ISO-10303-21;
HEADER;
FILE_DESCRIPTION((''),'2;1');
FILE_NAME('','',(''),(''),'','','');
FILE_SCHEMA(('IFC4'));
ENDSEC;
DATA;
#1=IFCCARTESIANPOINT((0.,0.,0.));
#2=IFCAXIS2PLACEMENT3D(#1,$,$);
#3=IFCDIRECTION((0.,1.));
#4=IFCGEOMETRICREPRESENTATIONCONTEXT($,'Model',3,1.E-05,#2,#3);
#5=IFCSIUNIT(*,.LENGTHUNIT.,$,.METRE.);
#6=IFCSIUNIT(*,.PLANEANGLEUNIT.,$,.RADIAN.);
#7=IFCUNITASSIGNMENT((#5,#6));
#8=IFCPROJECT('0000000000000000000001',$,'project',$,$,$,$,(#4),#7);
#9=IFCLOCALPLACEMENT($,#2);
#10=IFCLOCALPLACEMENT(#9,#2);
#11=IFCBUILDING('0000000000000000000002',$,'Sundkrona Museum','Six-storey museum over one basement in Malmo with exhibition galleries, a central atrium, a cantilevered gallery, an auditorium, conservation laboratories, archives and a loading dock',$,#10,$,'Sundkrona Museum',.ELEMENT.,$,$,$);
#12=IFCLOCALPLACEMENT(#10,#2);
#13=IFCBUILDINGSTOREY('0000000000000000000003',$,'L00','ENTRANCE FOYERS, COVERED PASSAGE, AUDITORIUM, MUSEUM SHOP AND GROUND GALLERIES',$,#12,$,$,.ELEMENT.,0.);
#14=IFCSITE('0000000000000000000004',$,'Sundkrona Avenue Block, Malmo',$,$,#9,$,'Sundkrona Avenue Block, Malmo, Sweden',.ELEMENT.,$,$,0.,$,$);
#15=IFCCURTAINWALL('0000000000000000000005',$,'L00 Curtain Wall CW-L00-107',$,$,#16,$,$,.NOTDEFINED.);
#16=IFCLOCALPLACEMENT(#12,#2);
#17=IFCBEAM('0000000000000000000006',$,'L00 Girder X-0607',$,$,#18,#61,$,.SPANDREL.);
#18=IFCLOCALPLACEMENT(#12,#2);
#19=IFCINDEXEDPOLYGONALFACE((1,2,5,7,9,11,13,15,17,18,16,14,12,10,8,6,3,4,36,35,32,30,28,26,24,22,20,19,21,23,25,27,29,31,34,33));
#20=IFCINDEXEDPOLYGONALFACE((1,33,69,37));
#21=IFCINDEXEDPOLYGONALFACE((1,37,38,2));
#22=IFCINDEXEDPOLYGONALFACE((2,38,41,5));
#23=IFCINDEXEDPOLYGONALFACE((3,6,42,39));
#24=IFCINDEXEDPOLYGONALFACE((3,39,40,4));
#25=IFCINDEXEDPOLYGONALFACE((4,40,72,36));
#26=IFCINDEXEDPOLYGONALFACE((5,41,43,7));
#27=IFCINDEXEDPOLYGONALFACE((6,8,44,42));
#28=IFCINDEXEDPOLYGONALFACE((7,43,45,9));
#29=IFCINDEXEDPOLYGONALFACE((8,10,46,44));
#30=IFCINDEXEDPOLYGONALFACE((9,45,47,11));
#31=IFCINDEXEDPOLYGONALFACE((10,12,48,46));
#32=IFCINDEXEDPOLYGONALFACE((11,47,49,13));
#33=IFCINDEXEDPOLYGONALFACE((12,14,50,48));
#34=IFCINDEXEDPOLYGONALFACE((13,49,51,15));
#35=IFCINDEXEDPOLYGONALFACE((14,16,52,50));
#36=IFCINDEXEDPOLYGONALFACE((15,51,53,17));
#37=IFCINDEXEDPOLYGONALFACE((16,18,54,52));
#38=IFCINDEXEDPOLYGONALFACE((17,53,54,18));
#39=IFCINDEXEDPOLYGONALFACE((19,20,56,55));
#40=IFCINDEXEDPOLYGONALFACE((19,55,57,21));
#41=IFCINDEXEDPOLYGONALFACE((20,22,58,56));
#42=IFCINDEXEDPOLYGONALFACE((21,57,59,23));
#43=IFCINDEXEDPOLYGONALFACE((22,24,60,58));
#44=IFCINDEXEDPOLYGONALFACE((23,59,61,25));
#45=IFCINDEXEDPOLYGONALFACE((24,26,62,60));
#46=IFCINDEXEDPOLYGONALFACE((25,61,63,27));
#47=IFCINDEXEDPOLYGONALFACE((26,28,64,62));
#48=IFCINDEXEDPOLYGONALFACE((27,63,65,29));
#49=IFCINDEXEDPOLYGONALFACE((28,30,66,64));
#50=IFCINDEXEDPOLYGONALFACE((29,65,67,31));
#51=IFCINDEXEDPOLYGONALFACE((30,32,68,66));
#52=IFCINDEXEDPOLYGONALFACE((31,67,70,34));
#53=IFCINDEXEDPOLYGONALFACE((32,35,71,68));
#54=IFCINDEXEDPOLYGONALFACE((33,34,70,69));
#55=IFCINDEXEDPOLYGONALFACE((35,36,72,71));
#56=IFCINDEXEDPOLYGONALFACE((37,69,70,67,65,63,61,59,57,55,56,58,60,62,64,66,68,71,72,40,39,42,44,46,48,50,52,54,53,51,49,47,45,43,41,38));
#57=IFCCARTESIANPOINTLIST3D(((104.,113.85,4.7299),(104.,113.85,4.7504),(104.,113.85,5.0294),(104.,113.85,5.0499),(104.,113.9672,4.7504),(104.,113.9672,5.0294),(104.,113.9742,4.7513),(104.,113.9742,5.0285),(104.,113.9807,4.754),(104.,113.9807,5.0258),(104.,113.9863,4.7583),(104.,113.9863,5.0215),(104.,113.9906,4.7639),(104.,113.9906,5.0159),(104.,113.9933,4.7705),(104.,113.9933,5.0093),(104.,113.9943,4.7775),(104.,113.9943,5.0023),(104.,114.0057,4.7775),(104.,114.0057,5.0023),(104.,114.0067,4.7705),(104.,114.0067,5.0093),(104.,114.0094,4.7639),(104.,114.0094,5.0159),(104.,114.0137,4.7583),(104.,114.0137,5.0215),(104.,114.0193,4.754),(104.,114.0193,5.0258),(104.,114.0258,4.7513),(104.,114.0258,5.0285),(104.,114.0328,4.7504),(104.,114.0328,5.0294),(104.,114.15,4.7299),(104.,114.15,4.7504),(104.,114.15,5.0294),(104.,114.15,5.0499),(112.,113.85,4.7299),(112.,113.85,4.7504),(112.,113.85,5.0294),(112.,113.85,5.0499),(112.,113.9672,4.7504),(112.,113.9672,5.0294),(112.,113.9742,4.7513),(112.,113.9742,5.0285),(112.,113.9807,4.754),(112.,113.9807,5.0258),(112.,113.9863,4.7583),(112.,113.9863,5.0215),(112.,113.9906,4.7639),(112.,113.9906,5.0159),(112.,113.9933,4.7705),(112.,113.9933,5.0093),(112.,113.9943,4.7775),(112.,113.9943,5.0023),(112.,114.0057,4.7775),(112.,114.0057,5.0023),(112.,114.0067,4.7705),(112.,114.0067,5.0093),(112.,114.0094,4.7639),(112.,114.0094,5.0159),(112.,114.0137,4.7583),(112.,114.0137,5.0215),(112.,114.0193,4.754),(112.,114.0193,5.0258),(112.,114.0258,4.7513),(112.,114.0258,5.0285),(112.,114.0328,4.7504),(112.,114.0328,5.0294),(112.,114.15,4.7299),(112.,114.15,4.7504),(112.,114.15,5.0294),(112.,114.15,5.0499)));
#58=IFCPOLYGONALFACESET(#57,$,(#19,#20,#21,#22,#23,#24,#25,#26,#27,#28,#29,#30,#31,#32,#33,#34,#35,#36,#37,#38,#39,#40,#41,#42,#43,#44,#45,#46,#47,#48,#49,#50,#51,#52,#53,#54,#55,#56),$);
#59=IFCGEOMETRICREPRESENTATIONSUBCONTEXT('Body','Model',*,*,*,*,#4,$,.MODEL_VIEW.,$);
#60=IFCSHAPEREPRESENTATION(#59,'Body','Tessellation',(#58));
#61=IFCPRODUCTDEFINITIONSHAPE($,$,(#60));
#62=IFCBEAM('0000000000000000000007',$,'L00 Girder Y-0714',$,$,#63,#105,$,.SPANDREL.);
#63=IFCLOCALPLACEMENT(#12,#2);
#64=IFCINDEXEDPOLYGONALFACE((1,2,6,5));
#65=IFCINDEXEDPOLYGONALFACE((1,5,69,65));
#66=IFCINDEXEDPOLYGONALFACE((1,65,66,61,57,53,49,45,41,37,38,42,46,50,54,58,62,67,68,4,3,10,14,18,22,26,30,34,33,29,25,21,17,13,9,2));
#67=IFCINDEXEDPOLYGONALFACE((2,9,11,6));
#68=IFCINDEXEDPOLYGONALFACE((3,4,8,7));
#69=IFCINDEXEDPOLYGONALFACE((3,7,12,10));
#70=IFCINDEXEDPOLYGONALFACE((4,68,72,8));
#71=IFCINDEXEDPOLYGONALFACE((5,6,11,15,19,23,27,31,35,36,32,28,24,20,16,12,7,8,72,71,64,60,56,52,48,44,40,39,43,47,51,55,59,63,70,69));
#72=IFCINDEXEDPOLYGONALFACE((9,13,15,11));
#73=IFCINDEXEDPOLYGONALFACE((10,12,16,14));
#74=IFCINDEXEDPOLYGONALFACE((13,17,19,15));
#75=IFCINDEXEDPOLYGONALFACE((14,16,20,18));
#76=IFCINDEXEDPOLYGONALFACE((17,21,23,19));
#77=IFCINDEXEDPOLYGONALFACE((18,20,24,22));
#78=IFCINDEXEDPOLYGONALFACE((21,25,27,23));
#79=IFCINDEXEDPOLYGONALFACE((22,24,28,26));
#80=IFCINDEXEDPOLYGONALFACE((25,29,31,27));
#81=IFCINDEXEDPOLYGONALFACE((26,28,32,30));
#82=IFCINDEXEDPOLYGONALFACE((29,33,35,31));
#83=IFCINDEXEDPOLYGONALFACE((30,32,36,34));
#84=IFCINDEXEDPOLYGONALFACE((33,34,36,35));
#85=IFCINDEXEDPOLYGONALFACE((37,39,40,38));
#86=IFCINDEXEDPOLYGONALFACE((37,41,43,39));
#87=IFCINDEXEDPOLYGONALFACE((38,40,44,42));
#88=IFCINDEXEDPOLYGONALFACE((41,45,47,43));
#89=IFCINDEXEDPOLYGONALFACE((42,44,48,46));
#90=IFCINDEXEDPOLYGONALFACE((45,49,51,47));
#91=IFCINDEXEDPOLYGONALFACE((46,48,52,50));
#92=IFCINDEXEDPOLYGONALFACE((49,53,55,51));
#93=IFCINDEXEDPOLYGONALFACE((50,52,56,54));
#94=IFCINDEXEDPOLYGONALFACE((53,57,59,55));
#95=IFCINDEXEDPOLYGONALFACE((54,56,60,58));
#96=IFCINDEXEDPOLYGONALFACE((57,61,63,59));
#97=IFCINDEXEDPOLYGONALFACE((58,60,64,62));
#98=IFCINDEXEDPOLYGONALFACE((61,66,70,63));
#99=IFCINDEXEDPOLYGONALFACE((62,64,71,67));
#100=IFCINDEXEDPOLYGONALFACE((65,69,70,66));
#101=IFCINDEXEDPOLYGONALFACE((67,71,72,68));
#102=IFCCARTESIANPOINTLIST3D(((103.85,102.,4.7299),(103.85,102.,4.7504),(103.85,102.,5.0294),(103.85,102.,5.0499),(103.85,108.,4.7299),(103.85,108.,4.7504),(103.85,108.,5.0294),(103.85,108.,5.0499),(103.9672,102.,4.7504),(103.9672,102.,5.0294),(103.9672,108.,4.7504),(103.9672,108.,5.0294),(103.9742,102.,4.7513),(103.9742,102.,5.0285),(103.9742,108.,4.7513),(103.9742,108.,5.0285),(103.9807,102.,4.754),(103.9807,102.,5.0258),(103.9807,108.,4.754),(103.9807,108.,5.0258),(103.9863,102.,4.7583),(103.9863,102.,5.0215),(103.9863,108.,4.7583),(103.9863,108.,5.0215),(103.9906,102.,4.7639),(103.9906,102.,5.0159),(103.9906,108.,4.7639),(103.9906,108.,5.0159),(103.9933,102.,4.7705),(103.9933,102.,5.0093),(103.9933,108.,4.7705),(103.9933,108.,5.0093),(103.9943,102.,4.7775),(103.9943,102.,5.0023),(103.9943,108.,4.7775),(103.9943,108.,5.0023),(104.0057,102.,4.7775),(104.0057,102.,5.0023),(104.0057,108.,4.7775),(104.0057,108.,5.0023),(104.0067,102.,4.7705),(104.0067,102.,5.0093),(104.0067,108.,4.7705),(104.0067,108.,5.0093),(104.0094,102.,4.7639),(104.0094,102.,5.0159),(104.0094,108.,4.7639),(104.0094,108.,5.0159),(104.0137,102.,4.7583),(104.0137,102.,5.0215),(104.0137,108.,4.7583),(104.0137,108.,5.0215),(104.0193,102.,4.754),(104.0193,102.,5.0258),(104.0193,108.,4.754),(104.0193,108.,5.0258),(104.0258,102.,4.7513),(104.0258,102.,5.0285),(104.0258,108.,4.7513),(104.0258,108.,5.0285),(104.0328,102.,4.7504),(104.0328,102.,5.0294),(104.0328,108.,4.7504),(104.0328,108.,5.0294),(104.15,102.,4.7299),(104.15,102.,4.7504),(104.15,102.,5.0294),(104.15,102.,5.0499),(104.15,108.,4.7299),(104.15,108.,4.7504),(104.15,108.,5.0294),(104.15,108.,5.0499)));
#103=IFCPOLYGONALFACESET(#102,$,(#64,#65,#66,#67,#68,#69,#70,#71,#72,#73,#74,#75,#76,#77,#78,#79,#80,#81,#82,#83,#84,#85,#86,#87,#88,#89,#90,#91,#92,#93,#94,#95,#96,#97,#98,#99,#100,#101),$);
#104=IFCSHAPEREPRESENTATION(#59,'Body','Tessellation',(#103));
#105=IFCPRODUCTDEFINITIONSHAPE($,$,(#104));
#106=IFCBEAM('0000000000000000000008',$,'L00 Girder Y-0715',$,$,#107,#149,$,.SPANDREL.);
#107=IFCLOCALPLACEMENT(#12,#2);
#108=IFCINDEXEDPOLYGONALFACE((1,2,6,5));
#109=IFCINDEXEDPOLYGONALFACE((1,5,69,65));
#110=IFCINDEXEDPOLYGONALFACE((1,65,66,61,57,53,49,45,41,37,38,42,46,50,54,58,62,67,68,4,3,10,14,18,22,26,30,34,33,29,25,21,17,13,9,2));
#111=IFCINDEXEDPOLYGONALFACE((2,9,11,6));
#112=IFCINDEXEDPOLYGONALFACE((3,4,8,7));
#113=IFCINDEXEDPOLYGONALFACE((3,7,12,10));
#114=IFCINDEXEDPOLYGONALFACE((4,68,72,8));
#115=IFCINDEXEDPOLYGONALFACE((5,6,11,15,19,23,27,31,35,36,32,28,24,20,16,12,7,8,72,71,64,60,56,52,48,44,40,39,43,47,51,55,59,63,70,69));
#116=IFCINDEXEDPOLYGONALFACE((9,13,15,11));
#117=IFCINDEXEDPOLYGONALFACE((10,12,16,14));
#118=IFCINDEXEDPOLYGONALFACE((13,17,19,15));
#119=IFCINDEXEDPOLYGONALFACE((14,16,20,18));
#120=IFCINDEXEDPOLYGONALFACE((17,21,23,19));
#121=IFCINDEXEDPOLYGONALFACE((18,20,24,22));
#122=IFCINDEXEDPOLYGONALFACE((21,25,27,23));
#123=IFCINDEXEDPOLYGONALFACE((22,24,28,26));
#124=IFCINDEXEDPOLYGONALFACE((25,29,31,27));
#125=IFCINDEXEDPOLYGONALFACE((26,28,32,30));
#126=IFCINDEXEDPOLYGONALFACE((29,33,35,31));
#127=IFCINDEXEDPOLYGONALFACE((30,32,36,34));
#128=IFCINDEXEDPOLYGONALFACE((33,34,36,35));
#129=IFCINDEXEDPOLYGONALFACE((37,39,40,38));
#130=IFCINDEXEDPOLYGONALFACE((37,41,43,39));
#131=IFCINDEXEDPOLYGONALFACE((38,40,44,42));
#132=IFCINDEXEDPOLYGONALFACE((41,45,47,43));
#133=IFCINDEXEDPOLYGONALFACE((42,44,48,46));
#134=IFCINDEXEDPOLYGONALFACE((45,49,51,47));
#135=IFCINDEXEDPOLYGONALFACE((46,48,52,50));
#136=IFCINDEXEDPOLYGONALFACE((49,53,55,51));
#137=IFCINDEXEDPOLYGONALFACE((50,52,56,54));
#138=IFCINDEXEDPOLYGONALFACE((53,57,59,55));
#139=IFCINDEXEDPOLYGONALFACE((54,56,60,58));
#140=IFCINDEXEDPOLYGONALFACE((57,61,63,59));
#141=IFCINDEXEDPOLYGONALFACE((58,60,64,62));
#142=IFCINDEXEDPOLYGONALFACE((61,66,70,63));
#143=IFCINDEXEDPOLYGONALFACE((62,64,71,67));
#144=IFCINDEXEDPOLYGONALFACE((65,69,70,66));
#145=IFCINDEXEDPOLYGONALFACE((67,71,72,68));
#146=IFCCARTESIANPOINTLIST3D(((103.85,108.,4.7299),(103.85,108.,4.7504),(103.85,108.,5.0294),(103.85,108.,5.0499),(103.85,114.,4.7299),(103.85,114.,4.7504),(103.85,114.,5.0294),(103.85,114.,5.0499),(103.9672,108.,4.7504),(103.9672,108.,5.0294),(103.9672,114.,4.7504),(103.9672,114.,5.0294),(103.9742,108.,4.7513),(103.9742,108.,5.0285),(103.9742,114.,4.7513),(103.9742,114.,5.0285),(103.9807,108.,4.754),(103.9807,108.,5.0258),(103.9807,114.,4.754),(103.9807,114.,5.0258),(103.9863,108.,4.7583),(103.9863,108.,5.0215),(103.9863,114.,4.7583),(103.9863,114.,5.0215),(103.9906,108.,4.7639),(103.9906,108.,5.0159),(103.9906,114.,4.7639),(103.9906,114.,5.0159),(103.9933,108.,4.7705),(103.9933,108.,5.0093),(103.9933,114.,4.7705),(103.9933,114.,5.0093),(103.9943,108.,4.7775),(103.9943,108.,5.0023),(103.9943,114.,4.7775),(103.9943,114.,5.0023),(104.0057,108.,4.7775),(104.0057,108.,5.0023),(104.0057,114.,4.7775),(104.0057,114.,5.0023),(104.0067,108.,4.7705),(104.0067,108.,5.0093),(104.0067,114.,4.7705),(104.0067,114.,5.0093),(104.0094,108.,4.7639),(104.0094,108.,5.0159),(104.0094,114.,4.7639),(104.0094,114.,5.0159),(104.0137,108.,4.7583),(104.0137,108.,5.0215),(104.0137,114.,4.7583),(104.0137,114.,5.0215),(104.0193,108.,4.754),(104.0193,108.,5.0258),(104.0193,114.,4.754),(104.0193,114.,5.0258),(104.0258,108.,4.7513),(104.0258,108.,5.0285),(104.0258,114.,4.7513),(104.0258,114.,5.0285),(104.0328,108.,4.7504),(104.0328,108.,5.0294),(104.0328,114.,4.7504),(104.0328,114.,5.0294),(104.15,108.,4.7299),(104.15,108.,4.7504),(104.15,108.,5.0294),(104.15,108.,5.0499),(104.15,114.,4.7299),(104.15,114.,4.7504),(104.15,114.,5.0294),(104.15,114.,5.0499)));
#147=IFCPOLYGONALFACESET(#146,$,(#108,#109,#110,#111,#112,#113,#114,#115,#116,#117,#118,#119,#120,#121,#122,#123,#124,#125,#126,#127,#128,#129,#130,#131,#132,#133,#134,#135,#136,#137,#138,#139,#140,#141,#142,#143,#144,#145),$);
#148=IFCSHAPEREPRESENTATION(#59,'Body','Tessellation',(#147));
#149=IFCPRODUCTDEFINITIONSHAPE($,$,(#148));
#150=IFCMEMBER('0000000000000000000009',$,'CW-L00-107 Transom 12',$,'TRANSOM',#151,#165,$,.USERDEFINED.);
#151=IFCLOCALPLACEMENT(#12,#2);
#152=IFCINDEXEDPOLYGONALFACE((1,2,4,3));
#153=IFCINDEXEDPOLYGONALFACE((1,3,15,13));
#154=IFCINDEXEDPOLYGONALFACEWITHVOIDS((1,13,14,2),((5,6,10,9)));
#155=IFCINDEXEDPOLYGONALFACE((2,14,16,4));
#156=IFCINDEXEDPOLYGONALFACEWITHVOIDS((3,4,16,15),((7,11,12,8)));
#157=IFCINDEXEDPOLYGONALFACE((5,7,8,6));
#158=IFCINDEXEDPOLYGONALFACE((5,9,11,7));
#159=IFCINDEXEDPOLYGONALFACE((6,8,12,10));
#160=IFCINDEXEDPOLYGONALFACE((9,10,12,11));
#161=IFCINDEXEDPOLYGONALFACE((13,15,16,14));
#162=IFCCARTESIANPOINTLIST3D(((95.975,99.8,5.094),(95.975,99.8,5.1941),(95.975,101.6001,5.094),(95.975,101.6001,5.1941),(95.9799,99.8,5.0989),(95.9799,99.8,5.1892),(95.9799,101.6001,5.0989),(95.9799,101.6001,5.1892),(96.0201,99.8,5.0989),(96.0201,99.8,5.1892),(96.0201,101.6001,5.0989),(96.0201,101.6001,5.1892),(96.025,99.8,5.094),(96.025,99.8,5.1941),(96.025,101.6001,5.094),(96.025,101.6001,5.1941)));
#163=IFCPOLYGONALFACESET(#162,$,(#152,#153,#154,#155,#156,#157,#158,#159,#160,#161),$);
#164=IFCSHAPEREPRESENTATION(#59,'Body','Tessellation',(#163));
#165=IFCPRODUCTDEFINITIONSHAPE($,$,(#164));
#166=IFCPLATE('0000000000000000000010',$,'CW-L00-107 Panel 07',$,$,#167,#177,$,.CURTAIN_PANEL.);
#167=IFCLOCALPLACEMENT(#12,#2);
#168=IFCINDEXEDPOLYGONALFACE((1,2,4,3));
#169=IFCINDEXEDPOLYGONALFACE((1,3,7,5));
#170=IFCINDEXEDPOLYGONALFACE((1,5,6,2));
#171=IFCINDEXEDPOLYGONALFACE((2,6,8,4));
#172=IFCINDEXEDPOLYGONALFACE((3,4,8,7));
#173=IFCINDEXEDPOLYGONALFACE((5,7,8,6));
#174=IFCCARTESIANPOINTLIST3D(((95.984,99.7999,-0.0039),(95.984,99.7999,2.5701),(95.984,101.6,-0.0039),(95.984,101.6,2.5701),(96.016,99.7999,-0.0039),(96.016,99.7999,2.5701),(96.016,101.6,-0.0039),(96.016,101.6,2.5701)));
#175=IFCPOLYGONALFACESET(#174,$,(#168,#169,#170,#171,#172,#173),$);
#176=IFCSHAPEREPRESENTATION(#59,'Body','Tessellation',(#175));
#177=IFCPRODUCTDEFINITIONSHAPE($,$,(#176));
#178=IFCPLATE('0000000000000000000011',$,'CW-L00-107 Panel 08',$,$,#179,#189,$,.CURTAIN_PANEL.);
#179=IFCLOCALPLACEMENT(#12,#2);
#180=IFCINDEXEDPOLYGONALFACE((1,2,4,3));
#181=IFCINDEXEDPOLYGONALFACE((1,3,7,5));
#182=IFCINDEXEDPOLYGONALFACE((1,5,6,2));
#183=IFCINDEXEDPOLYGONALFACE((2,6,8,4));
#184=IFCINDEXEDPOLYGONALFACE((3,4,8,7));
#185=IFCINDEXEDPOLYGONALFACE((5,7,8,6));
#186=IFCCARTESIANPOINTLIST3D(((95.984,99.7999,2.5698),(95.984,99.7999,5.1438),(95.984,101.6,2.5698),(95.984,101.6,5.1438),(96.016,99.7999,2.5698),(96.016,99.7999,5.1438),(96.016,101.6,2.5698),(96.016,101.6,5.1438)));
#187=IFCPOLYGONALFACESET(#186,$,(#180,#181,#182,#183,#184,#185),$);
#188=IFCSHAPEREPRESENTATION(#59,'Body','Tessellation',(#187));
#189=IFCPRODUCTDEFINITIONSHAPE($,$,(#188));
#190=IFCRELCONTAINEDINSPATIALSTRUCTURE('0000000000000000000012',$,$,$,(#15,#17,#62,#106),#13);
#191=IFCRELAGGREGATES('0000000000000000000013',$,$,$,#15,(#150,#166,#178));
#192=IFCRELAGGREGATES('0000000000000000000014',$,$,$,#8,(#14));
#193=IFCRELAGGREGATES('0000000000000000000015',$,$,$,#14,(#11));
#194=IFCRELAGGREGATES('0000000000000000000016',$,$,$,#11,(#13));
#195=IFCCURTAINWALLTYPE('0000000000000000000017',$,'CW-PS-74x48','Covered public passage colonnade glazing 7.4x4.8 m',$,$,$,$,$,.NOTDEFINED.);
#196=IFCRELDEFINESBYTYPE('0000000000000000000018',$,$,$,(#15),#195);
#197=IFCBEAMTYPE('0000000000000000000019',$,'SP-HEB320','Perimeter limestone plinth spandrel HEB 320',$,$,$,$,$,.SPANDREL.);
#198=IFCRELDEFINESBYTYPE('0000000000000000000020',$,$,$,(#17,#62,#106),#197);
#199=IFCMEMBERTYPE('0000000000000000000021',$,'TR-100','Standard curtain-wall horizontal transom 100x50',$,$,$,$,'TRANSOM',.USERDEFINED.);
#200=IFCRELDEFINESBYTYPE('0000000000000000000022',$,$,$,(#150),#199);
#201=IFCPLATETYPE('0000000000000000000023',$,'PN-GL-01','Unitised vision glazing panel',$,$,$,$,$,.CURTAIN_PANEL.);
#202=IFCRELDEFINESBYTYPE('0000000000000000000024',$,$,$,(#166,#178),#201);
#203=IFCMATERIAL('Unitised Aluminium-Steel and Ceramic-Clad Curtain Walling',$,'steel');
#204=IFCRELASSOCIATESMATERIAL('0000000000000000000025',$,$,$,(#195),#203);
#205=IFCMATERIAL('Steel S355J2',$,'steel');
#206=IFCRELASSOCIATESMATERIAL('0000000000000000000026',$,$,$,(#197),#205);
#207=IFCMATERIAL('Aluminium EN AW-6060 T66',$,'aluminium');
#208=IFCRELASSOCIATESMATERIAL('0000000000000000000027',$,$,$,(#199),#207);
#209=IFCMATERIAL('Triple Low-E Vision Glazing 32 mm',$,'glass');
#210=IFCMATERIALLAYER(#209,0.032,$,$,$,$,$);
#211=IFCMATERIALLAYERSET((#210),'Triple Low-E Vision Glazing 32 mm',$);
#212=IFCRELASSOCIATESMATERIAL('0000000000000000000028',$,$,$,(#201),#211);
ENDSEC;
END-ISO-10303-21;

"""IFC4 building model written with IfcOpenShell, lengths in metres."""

from ifc_helpers import new_model, si_unit, direction, frame, origin, origin_2d, place, context, subcontext, project, spatial, rectangle, hollow_rectangle, i_section, extrude, material, layer, layer_set, material_profile, profile_set, type_object, element, aggregate, save


model = new_model("IFC4")

# Units and contexts
model_context = context("Model", 3, precision=1e-05, world=origin(), true_north=direction((0.0, 1.0)))
body_context = subcontext(model_context, "Body", "Model", "MODEL_VIEW")
ifc_project = project(units=[si_unit("LENGTHUNIT", "METRE"), si_unit("PLANEANGLEUNIT", "RADIAN")], contexts=[model_context])

# Site, building, storey
site_placement = place(None, origin())
site = spatial("IfcSite", under=ifc_project, at=site_placement, Name="Sundkrona Avenue Block, Malmo", LongName="Sundkrona Avenue Block, Malmo, Sweden", CompositionType="ELEMENT", RefElevation=0.0)
building_placement = place(site_placement, origin())
building = spatial("IfcBuilding", under=site, at=building_placement, Name="Sundkrona Museum", Description="Six-storey museum over one basement in Malmo with exhibition galleries, a central atrium, a cantilevered gallery, an auditorium, conservation laboratories, archives and a loading dock", LongName="Sundkrona Museum", CompositionType="ELEMENT")
storey_placement = place(building_placement, origin())
storey = spatial("IfcBuildingStorey", under=building, at=storey_placement, Name="L00", Description="ENTRANCE FOYERS, COVERED PASSAGE, AUDITORIUM, MUSEUM SHOP AND GROUND GALLERIES", CompositionType="ELEMENT", Elevation=0.0)

# Shared definitions
ifc_material_1 = material(Name="Steel S355J2", Category="steel")

# Curtain wall
ifc_material_2 = material(Name="Unitised Aluminium-Steel and Ceramic-Clad Curtain Walling", Category="steel")
curtain_wall_type = type_object("IfcCurtainWallType", Name="CW-PS-74x48", Description="Covered public passage colonnade glazing 7.4x4.8 m", PredefinedType="NOTDEFINED", material=ifc_material_2)
curtain_wall_placement = place(storey_placement, origin())
curtain_wall = element("IfcCurtainWall", 1, at=curtain_wall_placement, inside=storey, type_object=curtain_wall_type, Name="L00 Curtain Wall CW-L00-107", PredefinedType="NOTDEFINED")
ifc_material_3 = material(Name="Aluminium EN AW-6060 T66", Category="aluminium")

# Beams
ifc_material_profile_1 = material_profile(ifc_material_1, i_section(OverallWidth=0.3, OverallDepth=0.3201, WebThickness=0.0115, FlangeThickness=0.0205, FilletRadius=0.0271, at=origin_2d()), Name="HEB 320")
ifc_profile_set_1 = profile_set([ifc_material_profile_1], Name="Steel S355J2")
beam_type_1 = type_object("IfcBeamType", Name="SP-HEB320", Description="Perimeter limestone plinth spandrel HEB 320", PredefinedType="SPANDREL", material=ifc_profile_set_1)
beam_1_placement = place(storey_placement, frame((104.0, 114.0, 4.8899), z_axis=(1.0, 0.0, 0.0), x_axis=(0.0, 1.0, 0.0)))
element("IfcBeam", 2, at=beam_1_placement, inside=storey, type_object=beam_type_1, Name="L00 Girder X-0607", PredefinedType="SPANDREL", context=body_context, shape_type="SweptSolid", body=[
    extrude(i_section(OverallWidth=0.3, OverallDepth=0.3201, WebThickness=0.0115, FlangeThickness=0.0205, FilletRadius=0.0271, at=origin_2d()), origin(), (0.0, 0.0, 1.0), 8.0),
])
for number, where, z_axis, x_axis, name in (
    (3, (104.0, 102.0, 4.8899), (0.0, 1.0, 0.0), (-1.0, 0.0, 0.0), "L00 Girder Y-0714"),
    (4, (104.0, 108.0, 4.8899), (0.0, 1.0, 0.0), (-1.0, 0.0, 0.0), "L00 Girder Y-0715"),
):
    element("IfcBeam", number, at=place(storey_placement, frame(where, z_axis=z_axis, x_axis=x_axis)), inside=storey, type_object=beam_type_1, Name=name, PredefinedType="SPANDREL", context=body_context, shape_type="SweptSolid", body=[
        extrude(i_section(OverallWidth=0.3, OverallDepth=0.3201, WebThickness=0.0115, FlangeThickness=0.0205, FilletRadius=0.0271, at=origin_2d()), origin(), (0.0, 0.0, 1.0), 6.0),
    ])

# Member
ifc_material_profile_2 = material_profile(ifc_material_3, hollow_rectangle(XDim=0.05, YDim=0.1001, WallThickness=0.0049, at=origin_2d()), Name="RHS 100x50x5.0")
ifc_profile_set_2 = profile_set([ifc_material_profile_2], Name="Aluminium EN AW-6060 T66")
member_type_1 = type_object("IfcMemberType", Name="TR-100", Description="Standard curtain-wall horizontal transom 100x50", ElementType="TRANSOM", PredefinedType="USERDEFINED", material=ifc_profile_set_2)
member_1_placement = place(storey_placement, frame((96.0, 99.8, 5.144), z_axis=(0.0, 1.0, 0.0), x_axis=(-1.0, 0.0, 0.0)))
member_1 = element("IfcMember", 5, at=member_1_placement, type_object=member_type_1, Name="CW-L00-107 Transom 12", ObjectType="TRANSOM", PredefinedType="USERDEFINED", context=body_context, shape_type="SweptSolid", body=[
    extrude(hollow_rectangle(XDim=0.05, YDim=0.1001, WallThickness=0.0049, at=origin_2d()), origin(), (0.0, 0.0, 1.0), 1.8),
])

# Plates
ifc_material_4 = material(Name="Triple Low-E Vision Glazing 32 mm", Category="glass")
ifc_layer_1 = layer(ifc_material_4, 0.032)
ifc_layer_set_1 = layer_set([ifc_layer_1], Name="Triple Low-E Vision Glazing 32 mm")
plate_type = type_object("IfcPlateType", Name="PN-GL-01", Description="Unitised vision glazing panel", PredefinedType="CURTAIN_PANEL", material=ifc_layer_set_1)
plate_1_placement = place(storey_placement, frame((96.0, 100.7, -0.0039), z_axis=(0.0, 0.0, 1.0), x_axis=(0.0, 1.0, 0.0)))
plate_1 = element("IfcPlate", 6, at=plate_1_placement, type_object=plate_type, Name="CW-L00-107 Panel 07", PredefinedType="CURTAIN_PANEL", context=body_context, shape_type="SweptSolid", body=[
    extrude(rectangle(XDim=1.8, YDim=0.032, at=origin_2d()), origin(), (0.0, 0.0, 1.0), 2.574),
])
plate_2_placement = place(storey_placement, frame((96.0, 100.7, 2.5698), z_axis=(0.0, 0.0, 1.0), x_axis=(0.0, 1.0, 0.0)))
plate_2 = element("IfcPlate", 7, at=plate_2_placement, type_object=plate_type, Name="CW-L00-107 Panel 08", PredefinedType="CURTAIN_PANEL", context=body_context, shape_type="SweptSolid", body=[
    extrude(rectangle(XDim=1.8, YDim=0.032, at=origin_2d()), origin(), (0.0, 0.0, 1.0), 2.574),
])
aggregate(curtain_wall, [member_1, plate_1, plate_2])

save(model, "model.ifc")
